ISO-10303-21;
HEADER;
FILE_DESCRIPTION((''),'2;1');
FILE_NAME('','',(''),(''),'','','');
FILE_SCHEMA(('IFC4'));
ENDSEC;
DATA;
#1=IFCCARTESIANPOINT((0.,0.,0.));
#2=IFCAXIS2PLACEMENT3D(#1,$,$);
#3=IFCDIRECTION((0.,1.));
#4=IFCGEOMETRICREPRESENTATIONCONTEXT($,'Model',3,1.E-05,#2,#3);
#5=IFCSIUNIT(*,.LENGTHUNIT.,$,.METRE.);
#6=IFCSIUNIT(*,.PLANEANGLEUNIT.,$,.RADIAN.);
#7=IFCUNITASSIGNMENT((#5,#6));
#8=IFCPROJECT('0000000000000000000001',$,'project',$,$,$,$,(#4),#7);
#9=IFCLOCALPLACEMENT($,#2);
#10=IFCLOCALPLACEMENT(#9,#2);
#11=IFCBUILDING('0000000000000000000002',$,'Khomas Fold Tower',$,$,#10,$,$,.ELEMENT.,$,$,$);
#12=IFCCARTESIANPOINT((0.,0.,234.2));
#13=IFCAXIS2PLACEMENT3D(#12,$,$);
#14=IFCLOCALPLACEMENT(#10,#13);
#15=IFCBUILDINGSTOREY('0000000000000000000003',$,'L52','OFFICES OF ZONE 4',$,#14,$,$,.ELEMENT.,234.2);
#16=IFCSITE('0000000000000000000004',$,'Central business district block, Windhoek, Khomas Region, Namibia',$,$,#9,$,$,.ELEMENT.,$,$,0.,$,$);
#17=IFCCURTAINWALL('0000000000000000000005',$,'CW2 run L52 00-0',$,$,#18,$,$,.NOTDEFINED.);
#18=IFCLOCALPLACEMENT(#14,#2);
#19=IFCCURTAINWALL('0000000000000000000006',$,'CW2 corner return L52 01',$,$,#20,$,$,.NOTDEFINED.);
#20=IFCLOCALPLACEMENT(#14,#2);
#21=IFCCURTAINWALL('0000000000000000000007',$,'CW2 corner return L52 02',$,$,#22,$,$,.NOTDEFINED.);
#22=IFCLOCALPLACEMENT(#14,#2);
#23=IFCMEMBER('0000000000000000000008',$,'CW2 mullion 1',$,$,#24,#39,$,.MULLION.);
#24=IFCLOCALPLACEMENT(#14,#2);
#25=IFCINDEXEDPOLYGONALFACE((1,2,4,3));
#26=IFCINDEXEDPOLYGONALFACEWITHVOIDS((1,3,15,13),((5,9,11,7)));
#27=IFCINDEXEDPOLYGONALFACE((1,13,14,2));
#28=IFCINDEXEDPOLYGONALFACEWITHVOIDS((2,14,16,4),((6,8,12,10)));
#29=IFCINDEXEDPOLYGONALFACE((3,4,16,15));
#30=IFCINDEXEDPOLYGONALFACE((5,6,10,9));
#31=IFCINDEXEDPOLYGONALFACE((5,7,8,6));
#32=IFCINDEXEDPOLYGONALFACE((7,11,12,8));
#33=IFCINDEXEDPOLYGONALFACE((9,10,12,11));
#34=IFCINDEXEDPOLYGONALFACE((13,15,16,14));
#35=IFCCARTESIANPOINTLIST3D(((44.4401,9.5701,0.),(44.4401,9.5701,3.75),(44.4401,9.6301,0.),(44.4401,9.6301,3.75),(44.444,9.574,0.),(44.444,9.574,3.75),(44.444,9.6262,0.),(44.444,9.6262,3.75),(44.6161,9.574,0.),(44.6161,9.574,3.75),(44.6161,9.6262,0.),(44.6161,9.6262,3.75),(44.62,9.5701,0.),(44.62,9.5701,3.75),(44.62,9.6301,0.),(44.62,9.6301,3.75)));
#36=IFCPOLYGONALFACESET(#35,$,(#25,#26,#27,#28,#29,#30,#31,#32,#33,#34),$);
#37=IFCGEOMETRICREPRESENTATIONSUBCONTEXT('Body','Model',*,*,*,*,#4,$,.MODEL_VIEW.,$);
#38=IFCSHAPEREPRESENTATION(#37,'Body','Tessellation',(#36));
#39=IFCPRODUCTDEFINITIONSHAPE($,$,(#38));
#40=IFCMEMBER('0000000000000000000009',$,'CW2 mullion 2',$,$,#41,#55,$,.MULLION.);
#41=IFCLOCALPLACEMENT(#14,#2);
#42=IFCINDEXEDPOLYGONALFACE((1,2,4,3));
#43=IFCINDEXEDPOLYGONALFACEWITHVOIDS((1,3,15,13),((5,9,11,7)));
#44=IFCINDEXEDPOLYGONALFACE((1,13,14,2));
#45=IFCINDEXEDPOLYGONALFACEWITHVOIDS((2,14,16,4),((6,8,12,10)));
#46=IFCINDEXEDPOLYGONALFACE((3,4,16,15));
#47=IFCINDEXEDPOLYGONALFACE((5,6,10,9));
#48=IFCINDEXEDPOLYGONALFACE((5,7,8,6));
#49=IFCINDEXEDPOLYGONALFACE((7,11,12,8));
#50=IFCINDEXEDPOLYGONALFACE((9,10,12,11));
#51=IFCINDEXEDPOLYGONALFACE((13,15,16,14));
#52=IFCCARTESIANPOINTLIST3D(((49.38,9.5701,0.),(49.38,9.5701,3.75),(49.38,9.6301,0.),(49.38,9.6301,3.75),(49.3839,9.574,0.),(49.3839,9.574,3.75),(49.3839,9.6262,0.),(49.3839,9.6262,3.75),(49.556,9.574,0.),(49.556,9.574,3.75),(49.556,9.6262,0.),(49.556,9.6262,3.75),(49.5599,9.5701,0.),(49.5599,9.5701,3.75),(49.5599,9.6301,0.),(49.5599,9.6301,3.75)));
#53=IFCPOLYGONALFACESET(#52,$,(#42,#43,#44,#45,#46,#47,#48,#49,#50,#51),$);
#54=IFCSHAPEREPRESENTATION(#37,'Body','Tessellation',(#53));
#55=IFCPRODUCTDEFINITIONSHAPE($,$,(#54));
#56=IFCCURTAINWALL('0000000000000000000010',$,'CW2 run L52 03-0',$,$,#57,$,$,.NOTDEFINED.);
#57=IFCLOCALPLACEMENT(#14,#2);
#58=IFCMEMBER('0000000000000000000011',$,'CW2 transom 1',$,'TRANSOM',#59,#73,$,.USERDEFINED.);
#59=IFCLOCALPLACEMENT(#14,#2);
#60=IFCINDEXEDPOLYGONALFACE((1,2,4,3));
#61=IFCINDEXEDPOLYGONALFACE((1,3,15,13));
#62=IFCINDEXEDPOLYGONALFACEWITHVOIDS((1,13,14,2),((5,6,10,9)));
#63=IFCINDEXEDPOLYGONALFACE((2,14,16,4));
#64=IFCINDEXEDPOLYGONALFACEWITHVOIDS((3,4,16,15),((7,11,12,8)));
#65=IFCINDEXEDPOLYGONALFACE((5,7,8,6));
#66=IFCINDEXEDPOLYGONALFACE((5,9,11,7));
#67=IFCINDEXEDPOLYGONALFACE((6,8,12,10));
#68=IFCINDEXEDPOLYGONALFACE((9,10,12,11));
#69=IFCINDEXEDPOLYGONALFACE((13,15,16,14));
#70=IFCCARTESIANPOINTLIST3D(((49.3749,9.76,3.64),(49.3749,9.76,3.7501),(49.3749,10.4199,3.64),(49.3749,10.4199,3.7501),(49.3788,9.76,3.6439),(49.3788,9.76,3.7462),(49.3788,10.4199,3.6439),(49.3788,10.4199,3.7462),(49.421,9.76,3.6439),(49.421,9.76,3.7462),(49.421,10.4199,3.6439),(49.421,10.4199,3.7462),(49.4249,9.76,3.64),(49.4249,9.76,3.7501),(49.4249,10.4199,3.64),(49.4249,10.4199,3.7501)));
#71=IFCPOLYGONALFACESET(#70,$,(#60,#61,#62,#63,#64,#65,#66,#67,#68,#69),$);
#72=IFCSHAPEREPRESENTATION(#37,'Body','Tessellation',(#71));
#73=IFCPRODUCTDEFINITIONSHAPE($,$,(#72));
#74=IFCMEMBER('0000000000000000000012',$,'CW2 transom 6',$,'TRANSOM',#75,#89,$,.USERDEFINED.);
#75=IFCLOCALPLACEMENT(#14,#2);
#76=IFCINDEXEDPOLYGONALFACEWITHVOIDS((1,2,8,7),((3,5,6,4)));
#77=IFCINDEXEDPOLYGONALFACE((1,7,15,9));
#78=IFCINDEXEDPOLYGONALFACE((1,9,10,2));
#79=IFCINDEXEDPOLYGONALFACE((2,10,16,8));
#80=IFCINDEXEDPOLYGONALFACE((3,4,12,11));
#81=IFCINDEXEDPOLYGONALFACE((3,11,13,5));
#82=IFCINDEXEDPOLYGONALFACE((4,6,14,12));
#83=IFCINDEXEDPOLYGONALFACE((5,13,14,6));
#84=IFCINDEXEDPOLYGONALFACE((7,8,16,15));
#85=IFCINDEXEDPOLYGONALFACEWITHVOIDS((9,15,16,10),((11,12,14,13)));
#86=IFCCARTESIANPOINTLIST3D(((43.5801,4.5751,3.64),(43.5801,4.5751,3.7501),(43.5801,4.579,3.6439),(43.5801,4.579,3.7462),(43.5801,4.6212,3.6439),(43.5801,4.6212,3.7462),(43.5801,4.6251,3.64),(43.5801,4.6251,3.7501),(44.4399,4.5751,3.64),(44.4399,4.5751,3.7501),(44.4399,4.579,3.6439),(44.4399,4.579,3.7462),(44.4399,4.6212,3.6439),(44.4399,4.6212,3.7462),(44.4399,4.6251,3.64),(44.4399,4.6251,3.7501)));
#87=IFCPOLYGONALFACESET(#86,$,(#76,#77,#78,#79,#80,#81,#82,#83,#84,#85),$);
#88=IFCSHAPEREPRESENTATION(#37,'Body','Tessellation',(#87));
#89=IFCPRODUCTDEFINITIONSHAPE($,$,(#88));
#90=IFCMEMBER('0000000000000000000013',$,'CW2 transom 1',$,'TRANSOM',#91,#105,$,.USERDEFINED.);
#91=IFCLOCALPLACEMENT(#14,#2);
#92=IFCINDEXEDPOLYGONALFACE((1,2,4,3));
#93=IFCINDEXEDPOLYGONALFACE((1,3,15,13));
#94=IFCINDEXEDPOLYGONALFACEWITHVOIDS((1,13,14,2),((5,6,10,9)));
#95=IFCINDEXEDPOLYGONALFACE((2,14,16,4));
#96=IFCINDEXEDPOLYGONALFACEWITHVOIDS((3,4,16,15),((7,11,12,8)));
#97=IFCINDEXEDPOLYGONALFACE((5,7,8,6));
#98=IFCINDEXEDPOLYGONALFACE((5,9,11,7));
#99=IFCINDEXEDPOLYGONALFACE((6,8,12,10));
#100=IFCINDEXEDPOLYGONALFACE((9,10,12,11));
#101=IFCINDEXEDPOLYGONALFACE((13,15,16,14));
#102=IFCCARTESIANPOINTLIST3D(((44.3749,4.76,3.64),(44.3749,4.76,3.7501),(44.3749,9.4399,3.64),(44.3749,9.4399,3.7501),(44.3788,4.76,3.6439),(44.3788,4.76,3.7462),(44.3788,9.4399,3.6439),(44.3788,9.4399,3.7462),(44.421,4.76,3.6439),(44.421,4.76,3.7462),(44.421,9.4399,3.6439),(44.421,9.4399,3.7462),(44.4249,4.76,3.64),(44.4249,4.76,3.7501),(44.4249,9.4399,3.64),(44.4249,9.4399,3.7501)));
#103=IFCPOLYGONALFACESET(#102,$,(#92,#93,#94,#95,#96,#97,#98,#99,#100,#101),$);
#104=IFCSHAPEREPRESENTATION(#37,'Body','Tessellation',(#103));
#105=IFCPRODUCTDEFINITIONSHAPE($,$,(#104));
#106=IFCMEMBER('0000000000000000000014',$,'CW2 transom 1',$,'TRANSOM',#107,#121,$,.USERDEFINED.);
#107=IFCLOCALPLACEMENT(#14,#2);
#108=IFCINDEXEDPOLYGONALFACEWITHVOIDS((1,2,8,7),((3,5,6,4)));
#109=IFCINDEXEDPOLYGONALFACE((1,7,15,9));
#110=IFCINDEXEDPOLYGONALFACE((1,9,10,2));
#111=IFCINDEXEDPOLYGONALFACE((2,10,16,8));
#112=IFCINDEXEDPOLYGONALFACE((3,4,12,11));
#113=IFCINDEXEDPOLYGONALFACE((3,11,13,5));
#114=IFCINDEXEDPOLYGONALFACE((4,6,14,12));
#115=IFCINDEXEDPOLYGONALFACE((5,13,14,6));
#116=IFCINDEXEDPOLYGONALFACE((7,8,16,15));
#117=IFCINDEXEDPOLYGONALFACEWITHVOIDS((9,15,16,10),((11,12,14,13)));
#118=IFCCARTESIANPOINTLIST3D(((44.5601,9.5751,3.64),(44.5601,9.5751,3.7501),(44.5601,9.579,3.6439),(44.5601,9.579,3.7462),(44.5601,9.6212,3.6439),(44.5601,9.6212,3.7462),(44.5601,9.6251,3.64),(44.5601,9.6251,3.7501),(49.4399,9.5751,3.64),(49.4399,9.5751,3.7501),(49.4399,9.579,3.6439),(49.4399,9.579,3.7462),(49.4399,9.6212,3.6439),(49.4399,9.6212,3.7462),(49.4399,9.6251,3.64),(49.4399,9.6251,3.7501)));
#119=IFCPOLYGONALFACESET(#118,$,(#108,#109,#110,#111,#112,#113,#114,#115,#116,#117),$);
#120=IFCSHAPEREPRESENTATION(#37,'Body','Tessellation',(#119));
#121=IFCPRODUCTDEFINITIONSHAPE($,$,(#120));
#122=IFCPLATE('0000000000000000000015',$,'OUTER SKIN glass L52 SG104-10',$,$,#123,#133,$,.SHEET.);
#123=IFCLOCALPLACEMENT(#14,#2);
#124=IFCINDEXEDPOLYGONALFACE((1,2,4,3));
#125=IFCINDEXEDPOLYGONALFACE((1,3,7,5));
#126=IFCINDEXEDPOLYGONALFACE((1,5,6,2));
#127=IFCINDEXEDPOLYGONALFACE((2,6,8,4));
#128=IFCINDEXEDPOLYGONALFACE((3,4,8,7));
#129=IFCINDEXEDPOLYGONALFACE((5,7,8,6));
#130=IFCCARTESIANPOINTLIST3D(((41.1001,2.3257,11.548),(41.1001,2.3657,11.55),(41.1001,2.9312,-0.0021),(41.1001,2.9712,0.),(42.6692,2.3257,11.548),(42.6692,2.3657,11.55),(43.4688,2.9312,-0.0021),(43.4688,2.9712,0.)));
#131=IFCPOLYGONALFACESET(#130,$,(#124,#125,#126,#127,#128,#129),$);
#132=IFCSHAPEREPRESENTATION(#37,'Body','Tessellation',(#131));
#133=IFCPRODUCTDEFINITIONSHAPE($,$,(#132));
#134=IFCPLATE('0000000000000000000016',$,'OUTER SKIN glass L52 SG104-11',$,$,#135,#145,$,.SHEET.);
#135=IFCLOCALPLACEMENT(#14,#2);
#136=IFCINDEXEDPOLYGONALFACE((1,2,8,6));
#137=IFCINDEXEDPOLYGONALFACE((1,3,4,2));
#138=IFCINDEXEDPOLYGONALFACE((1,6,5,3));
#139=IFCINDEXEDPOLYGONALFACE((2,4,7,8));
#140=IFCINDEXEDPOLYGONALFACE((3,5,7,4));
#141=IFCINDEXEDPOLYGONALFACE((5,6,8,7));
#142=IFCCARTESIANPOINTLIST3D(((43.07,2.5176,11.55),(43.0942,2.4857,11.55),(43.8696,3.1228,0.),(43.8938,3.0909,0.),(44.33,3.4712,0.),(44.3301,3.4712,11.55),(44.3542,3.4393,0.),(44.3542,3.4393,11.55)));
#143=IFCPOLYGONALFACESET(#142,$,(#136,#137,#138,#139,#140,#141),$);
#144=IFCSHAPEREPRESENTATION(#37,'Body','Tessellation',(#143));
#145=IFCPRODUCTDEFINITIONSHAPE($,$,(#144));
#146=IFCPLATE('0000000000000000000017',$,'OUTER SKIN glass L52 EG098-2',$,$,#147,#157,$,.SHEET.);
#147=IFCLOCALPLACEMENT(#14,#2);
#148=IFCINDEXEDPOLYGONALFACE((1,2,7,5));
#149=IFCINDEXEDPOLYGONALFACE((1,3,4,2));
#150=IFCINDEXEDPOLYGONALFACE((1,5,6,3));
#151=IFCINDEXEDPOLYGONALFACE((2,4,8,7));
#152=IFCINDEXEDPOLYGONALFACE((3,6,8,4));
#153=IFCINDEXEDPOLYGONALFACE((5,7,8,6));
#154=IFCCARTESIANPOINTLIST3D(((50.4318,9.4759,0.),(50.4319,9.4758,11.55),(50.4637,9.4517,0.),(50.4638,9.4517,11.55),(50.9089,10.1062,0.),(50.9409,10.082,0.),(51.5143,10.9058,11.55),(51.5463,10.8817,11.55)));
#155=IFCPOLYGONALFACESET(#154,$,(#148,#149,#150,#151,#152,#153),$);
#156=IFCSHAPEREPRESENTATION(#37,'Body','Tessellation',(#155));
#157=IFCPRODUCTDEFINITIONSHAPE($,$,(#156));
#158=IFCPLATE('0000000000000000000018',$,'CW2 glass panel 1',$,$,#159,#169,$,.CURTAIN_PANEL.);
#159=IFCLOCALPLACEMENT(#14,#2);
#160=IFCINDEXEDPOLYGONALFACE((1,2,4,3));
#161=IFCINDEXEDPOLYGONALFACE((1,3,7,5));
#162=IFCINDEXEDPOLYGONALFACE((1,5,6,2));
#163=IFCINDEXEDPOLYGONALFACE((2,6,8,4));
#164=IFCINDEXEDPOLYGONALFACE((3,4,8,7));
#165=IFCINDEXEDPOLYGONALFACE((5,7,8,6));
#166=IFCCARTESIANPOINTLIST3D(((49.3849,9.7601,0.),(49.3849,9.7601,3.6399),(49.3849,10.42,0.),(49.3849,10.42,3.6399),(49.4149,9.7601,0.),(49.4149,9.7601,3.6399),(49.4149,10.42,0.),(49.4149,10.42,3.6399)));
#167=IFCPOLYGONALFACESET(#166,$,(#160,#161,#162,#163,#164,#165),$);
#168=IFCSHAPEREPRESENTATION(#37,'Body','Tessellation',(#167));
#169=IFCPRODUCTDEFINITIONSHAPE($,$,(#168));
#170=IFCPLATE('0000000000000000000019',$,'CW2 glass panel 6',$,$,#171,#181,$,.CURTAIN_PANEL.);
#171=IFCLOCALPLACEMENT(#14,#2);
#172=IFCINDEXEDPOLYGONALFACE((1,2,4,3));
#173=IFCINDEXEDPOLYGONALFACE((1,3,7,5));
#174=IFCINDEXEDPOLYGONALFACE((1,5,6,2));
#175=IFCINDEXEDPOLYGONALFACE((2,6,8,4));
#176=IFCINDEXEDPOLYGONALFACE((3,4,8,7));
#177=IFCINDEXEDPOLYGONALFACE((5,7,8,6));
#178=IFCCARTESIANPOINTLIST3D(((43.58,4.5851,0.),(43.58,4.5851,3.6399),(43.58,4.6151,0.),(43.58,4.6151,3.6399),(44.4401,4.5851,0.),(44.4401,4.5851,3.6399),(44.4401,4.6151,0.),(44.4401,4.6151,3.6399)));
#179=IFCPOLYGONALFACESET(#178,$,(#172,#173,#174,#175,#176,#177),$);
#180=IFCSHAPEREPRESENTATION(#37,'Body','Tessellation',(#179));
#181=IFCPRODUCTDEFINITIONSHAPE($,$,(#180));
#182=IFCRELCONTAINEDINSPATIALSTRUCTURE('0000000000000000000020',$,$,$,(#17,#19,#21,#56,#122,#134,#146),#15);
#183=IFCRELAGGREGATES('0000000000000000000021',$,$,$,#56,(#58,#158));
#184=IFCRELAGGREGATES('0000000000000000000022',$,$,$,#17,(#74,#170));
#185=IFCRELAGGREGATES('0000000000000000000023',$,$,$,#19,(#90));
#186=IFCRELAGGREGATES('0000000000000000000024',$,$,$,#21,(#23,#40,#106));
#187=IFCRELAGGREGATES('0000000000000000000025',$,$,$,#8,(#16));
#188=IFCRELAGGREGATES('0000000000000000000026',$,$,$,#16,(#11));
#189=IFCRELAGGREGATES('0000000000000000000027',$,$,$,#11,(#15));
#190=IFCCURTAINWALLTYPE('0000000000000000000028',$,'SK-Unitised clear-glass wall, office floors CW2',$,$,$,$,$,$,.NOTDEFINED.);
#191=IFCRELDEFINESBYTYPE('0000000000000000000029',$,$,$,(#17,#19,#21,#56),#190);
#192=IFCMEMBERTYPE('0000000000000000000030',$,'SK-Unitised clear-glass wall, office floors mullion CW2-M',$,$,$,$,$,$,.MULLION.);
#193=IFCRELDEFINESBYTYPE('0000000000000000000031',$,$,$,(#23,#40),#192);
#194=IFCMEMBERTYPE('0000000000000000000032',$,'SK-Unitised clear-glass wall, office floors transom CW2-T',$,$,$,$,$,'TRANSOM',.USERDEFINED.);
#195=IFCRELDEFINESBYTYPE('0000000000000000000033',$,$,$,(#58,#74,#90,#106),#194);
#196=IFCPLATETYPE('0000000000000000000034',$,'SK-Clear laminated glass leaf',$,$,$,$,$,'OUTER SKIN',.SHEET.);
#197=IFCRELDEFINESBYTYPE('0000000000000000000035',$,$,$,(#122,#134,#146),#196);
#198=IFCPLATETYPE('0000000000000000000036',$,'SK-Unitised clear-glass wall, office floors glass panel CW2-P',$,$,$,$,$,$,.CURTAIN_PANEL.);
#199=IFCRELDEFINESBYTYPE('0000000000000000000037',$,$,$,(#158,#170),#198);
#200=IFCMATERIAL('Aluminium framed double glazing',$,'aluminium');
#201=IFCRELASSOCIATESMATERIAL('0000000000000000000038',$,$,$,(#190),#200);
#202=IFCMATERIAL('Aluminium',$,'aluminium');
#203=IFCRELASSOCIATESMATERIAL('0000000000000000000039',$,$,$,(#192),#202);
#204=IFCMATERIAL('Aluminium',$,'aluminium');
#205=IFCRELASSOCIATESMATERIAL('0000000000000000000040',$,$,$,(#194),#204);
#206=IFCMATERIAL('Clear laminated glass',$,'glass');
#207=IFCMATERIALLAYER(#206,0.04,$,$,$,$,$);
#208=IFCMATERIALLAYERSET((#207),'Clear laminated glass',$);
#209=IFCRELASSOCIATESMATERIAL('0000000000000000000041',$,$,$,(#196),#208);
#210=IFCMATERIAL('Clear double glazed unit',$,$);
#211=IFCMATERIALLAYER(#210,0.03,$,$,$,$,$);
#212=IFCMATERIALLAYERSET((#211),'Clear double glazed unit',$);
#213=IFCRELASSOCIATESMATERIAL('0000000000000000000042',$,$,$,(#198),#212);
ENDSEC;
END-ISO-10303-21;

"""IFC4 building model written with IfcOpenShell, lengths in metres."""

from ifc_helpers import new_model, si_unit, direction, frame, origin, origin_2d, place, context, subcontext, project, spatial, polyline, rectangle, hollow_rectangle, outline, extrude, source, transform, mapped, material, layer, layer_set, material_profile, profile_set, type_object, element, aggregate, save


model = new_model("IFC4")

# Units and contexts
model_context = context("Model", 3, precision=1e-05, world=origin(), true_north=direction((0.0, 1.0)))
body_context = subcontext(model_context, "Body", "Model", "MODEL_VIEW")
ifc_project = project(units=[si_unit("LENGTHUNIT", "METRE"), si_unit("PLANEANGLEUNIT", "RADIAN")], contexts=[model_context])

# Site, building, storey
site_placement = place(None, origin())
site = spatial("IfcSite", under=ifc_project, at=site_placement, Name="Central business district block, Windhoek, Khomas Region, Namibia", CompositionType="ELEMENT", RefElevation=0.0)
building_placement = place(site_placement, origin())
building = spatial("IfcBuilding", under=site, at=building_placement, Name="Khomas Fold Tower", CompositionType="ELEMENT")
storey_placement = place(building_placement, frame((0.0, 0.0, 234.2)))
storey = spatial("IfcBuildingStorey", under=building, at=storey_placement, Name="L52", Description="OFFICES OF ZONE 4", CompositionType="ELEMENT", Elevation=234.2)

# Curtain walls, members
ifc_material_1 = material(Name="Aluminium framed double glazing", Category="aluminium")
curtain_wall_type = type_object("IfcCurtainWallType", Name="SK-Unitised clear-glass wall, office floors CW2", PredefinedType="NOTDEFINED", material=ifc_material_1)
curtain_wall_1_placement = place(storey_placement, origin())
curtain_wall_1 = element("IfcCurtainWall", 1, at=curtain_wall_1_placement, inside=storey, type_object=curtain_wall_type, Name="CW2 run L52 00-0", PredefinedType="NOTDEFINED")
ifc_material_2 = material(Name="Aluminium", Category="aluminium")
ifc_material_profile_1 = material_profile(ifc_material_2, hollow_rectangle(XDim=0.0601, YDim=0.1799, WallThickness=0.0039, at=origin_2d()), Name="SK-Unitised clear-glass wall, office floors mullion CW2-M")
ifc_profile_set_1 = profile_set([ifc_material_profile_1], Name="Aluminium")
member_type_1 = type_object("IfcMemberType", Name="SK-Unitised clear-glass wall, office floors mullion CW2-M", PredefinedType="MULLION", material=ifc_profile_set_1)
shared_shape_1 = source(origin(), body_context, "Body", "SweptSolid", [
    extrude(hollow_rectangle(XDim=0.0601, YDim=0.1799, WallThickness=0.0039, at=origin_2d()), origin(), (0.0, 0.0, 1.0), 3.75),
])
curtain_wall_2_placement = place(storey_placement, origin())
curtain_wall_2 = element("IfcCurtainWall", 2, at=curtain_wall_2_placement, inside=storey, type_object=curtain_wall_type, Name="CW2 corner return L52 01", PredefinedType="NOTDEFINED")
curtain_wall_3_placement = place(storey_placement, origin())
curtain_wall_3 = element("IfcCurtainWall", 3, at=curtain_wall_3_placement, inside=storey, type_object=curtain_wall_type, Name="CW2 corner return L52 02", PredefinedType="NOTDEFINED")
member_1_placement = place(storey_placement, frame((44.53, 9.6001, 0.0), z_axis=(0.0, 0.0, 1.0), x_axis=(0.0, 1.0, 0.0)))
member_1 = element("IfcMember", 4, at=member_1_placement, type_object=member_type_1, Name="CW2 mullion 1", PredefinedType="MULLION", context=body_context, shape_type="MappedRepresentation", body=[
    mapped(shared_shape_1, transform((0.0, 0.0, 0.0))),
])
member_2_placement = place(storey_placement, frame((49.47, 9.6001, 0.0), z_axis=(0.0, 0.0, 1.0), x_axis=(0.0, 1.0, 0.0)))
member_2 = element("IfcMember", 5, at=member_2_placement, type_object=member_type_1, Name="CW2 mullion 2", PredefinedType="MULLION", context=body_context, shape_type="MappedRepresentation", body=[
    mapped(shared_shape_1, transform((0.0, 0.0, 0.0))),
])

# Curtain wall, member
curtain_wall_4_placement = place(storey_placement, origin())
curtain_wall_4 = element("IfcCurtainWall", 6, at=curtain_wall_4_placement, inside=storey, type_object=curtain_wall_type, Name="CW2 run L52 03-0", PredefinedType="NOTDEFINED")
ifc_material_3 = material(Name="Aluminium", Category="aluminium")
ifc_material_profile_2 = material_profile(ifc_material_3, hollow_rectangle(XDim=0.05, YDim=0.1101, WallThickness=0.0039, at=origin_2d()), Name="SK-Unitised clear-glass wall, office floors transom CW2-T")
ifc_profile_set_2 = profile_set([ifc_material_profile_2], Name="Aluminium")
member_type_2 = type_object("IfcMemberType", Name="SK-Unitised clear-glass wall, office floors transom CW2-T", ElementType="TRANSOM", PredefinedType="USERDEFINED", material=ifc_profile_set_2)
shared_shape_2 = source(origin(), body_context, "Body", "SweptSolid", [
    extrude(hollow_rectangle(XDim=0.05, YDim=0.1101, WallThickness=0.0039, at=origin_2d()), origin(), (0.0, 0.0, 1.0), 0.6599),
])
member_3_placement = place(storey_placement, frame((49.3999, 9.76, 3.6951), z_axis=(0.0, 1.0, 0.0), x_axis=(-1.0, 0.0, 0.0)))
member_3 = element("IfcMember", 7, at=member_3_placement, type_object=member_type_2, Name="CW2 transom 1", ObjectType="TRANSOM", PredefinedType="USERDEFINED", context=body_context, shape_type="MappedRepresentation", body=[
    mapped(shared_shape_2, transform((0.0, 0.0, 0.0))),
])

# Members
shared_shape_3 = source(origin(), body_context, "Body", "SweptSolid", [
    extrude(hollow_rectangle(XDim=0.05, YDim=0.1101, WallThickness=0.0039, at=origin_2d()), origin(), (0.0, 0.0, 1.0), 0.8599),
])
member_4_placement = place(storey_placement, frame((43.5801, 4.6001, 3.6951), z_axis=(1.0, 0.0, 0.0), x_axis=(0.0, 1.0, 0.0)))
member_4 = element("IfcMember", 8, at=member_4_placement, type_object=member_type_2, Name="CW2 transom 6", ObjectType="TRANSOM", PredefinedType="USERDEFINED", context=body_context, shape_type="MappedRepresentation", body=[
    mapped(shared_shape_3, transform((0.0, 0.0, 0.0))),
])
shared_shape_4 = source(origin(), body_context, "Body", "SweptSolid", [
    extrude(hollow_rectangle(XDim=0.05, YDim=0.1101, WallThickness=0.0039, at=origin_2d()), origin(), (0.0, 0.0, 1.0), 4.6799),
])
member_5_placement = place(storey_placement, frame((44.3999, 4.76, 3.6951), z_axis=(0.0, 1.0, 0.0), x_axis=(-1.0, 0.0, 0.0)))
member_5 = element("IfcMember", 9, at=member_5_placement, type_object=member_type_2, Name="CW2 transom 1", ObjectType="TRANSOM", PredefinedType="USERDEFINED", context=body_context, shape_type="MappedRepresentation", body=[
    mapped(shared_shape_4, transform((0.0, 0.0, 0.0))),
])
shared_shape_5 = source(origin(), body_context, "Body", "SweptSolid", [
    extrude(hollow_rectangle(XDim=0.05, YDim=0.1101, WallThickness=0.0039, at=origin_2d()), origin(), (0.0, 0.0, 1.0), 4.8799),
])
member_6_placement = place(storey_placement, frame((44.5601, 9.6001, 3.6951), z_axis=(1.0, 0.0, 0.0), x_axis=(0.0, 1.0, 0.0)))
member_6 = element("IfcMember", 10, at=member_6_placement, type_object=member_type_2, Name="CW2 transom 1", ObjectType="TRANSOM", PredefinedType="USERDEFINED", context=body_context, shape_type="MappedRepresentation", body=[
    mapped(shared_shape_5, transform((0.0, 0.0, 0.0))),
])

# Plates
ifc_material_4 = material(Name="Clear laminated glass", Category="glass")
ifc_layer_1 = layer(ifc_material_4, 0.04)
ifc_layer_set_1 = layer_set([ifc_layer_1], Name="Clear laminated glass")
plate_type_1 = type_object("IfcPlateType", Name="SK-Clear laminated glass leaf", ElementType="OUTER SKIN", PredefinedType="SHEET", material=ifc_layer_set_1)
plate_1_placement = place(storey_placement, frame((43.4688, 2.9712, 0.0), z_axis=(0.0, 0.998629, 0.052349), x_axis=(-1.0, 0.0, 0.0)))
element("IfcPlate", 11, at=plate_1_placement, inside=storey, type_object=plate_type_1, Name="OUTER SKIN glass L52 SG104-10", PredefinedType="SHEET", context=body_context, shape_type="SweptSolid", body=[
    extrude(outline(polyline([(0.0, 0.0), (2.3687, 0.0), (2.3687, 11.5659), (0.7996, 11.5659), (0.0, 0.0)])), origin(), (0.0, 0.0, -1.0), 0.04),
])
plate_2_placement = place(storey_placement, frame((43.8696, 3.1228, 0.0), z_axis=(-0.603452, 0.797399, 0.000005), x_axis=(-0.068969, -0.0522, 0.996252)))
element("IfcPlate", 12, at=plate_2_placement, inside=storey, type_object=plate_type_1, Name="OUTER SKIN glass L52 SG104-11", PredefinedType="SHEET", context=body_context, shape_type="SweptSolid", body=[
    extrude(outline(polyline([(0.0, 0.0), (11.5935, 0.0), (11.4568, 1.5743), (-0.0499, 0.5752), (0.0, 0.0)])), origin(), (0.0, 0.0, -1.0), 0.04),
])
plate_3_placement = place(storey_placement, frame((50.9089, 10.1062, 0.0), z_axis=(-0.797328, 0.603547, 0.000008), x_axis=(-0.603547, -0.797328, 0.0)))
element("IfcPlate", 13, at=plate_3_placement, inside=storey, type_object=plate_type_1, Name="OUTER SKIN glass L52 EG098-2", PredefinedType="SHEET", context=body_context, shape_type="SweptSolid", body=[
    extrude(outline(polyline([(0.0, 0.0), (0.7905, 0.0), (0.7905, 11.55), (-1.0029, 11.55), (0.0, 0.0)])), origin(), (0.0, 0.0, -1.0), 0.04),
])

# Plates
ifc_material_5 = material(Name="Clear double glazed unit")
ifc_layer_2 = layer(ifc_material_5, 0.03)
ifc_layer_set_2 = layer_set([ifc_layer_2], Name="Clear double glazed unit")
plate_type_2 = type_object("IfcPlateType", Name="SK-Unitised clear-glass wall, office floors glass panel CW2-P", PredefinedType="CURTAIN_PANEL", material=ifc_layer_set_2)
shared_shape_6 = source(origin(), body_context, "Body", "SweptSolid", [
    extrude(rectangle(XDim=0.6599, YDim=0.03, at=origin_2d()), origin(), (0.0, 0.0, 1.0), 3.6399),
])
plate_4_placement = place(storey_placement, frame((49.3999, 10.0901, 0.0), z_axis=(0.0, 0.0, 1.0), x_axis=(0.0, 1.0, 0.0)))
plate_4 = element("IfcPlate", 14, at=plate_4_placement, type_object=plate_type_2, Name="CW2 glass panel 1", PredefinedType="CURTAIN_PANEL", context=body_context, shape_type="MappedRepresentation", body=[
    mapped(shared_shape_6, transform((0.0, 0.0, 0.0))),
])
aggregate(curtain_wall_4, [member_3, plate_4])
shared_shape_7 = source(origin(), body_context, "Body", "SweptSolid", [
    extrude(rectangle(XDim=0.8601, YDim=0.03, at=origin_2d()), origin(), (0.0, 0.0, 1.0), 3.6399),
])
plate_5_placement = place(storey_placement, frame((44.01, 4.6001, 0.0), z_axis=(0.0, 0.0, 1.0), x_axis=(1.0, 0.0, 0.0)))
plate_5 = element("IfcPlate", 15, at=plate_5_placement, type_object=plate_type_2, Name="CW2 glass panel 6", PredefinedType="CURTAIN_PANEL", context=body_context, shape_type="MappedRepresentation", body=[
    mapped(shared_shape_7, transform((0.0, 0.0, 0.0))),
])
aggregate(curtain_wall_1, [member_4, plate_5])
aggregate(curtain_wall_2, [member_5])
aggregate(curtain_wall_3, [member_1, member_2, member_6])

save(model, "model.ifc")
